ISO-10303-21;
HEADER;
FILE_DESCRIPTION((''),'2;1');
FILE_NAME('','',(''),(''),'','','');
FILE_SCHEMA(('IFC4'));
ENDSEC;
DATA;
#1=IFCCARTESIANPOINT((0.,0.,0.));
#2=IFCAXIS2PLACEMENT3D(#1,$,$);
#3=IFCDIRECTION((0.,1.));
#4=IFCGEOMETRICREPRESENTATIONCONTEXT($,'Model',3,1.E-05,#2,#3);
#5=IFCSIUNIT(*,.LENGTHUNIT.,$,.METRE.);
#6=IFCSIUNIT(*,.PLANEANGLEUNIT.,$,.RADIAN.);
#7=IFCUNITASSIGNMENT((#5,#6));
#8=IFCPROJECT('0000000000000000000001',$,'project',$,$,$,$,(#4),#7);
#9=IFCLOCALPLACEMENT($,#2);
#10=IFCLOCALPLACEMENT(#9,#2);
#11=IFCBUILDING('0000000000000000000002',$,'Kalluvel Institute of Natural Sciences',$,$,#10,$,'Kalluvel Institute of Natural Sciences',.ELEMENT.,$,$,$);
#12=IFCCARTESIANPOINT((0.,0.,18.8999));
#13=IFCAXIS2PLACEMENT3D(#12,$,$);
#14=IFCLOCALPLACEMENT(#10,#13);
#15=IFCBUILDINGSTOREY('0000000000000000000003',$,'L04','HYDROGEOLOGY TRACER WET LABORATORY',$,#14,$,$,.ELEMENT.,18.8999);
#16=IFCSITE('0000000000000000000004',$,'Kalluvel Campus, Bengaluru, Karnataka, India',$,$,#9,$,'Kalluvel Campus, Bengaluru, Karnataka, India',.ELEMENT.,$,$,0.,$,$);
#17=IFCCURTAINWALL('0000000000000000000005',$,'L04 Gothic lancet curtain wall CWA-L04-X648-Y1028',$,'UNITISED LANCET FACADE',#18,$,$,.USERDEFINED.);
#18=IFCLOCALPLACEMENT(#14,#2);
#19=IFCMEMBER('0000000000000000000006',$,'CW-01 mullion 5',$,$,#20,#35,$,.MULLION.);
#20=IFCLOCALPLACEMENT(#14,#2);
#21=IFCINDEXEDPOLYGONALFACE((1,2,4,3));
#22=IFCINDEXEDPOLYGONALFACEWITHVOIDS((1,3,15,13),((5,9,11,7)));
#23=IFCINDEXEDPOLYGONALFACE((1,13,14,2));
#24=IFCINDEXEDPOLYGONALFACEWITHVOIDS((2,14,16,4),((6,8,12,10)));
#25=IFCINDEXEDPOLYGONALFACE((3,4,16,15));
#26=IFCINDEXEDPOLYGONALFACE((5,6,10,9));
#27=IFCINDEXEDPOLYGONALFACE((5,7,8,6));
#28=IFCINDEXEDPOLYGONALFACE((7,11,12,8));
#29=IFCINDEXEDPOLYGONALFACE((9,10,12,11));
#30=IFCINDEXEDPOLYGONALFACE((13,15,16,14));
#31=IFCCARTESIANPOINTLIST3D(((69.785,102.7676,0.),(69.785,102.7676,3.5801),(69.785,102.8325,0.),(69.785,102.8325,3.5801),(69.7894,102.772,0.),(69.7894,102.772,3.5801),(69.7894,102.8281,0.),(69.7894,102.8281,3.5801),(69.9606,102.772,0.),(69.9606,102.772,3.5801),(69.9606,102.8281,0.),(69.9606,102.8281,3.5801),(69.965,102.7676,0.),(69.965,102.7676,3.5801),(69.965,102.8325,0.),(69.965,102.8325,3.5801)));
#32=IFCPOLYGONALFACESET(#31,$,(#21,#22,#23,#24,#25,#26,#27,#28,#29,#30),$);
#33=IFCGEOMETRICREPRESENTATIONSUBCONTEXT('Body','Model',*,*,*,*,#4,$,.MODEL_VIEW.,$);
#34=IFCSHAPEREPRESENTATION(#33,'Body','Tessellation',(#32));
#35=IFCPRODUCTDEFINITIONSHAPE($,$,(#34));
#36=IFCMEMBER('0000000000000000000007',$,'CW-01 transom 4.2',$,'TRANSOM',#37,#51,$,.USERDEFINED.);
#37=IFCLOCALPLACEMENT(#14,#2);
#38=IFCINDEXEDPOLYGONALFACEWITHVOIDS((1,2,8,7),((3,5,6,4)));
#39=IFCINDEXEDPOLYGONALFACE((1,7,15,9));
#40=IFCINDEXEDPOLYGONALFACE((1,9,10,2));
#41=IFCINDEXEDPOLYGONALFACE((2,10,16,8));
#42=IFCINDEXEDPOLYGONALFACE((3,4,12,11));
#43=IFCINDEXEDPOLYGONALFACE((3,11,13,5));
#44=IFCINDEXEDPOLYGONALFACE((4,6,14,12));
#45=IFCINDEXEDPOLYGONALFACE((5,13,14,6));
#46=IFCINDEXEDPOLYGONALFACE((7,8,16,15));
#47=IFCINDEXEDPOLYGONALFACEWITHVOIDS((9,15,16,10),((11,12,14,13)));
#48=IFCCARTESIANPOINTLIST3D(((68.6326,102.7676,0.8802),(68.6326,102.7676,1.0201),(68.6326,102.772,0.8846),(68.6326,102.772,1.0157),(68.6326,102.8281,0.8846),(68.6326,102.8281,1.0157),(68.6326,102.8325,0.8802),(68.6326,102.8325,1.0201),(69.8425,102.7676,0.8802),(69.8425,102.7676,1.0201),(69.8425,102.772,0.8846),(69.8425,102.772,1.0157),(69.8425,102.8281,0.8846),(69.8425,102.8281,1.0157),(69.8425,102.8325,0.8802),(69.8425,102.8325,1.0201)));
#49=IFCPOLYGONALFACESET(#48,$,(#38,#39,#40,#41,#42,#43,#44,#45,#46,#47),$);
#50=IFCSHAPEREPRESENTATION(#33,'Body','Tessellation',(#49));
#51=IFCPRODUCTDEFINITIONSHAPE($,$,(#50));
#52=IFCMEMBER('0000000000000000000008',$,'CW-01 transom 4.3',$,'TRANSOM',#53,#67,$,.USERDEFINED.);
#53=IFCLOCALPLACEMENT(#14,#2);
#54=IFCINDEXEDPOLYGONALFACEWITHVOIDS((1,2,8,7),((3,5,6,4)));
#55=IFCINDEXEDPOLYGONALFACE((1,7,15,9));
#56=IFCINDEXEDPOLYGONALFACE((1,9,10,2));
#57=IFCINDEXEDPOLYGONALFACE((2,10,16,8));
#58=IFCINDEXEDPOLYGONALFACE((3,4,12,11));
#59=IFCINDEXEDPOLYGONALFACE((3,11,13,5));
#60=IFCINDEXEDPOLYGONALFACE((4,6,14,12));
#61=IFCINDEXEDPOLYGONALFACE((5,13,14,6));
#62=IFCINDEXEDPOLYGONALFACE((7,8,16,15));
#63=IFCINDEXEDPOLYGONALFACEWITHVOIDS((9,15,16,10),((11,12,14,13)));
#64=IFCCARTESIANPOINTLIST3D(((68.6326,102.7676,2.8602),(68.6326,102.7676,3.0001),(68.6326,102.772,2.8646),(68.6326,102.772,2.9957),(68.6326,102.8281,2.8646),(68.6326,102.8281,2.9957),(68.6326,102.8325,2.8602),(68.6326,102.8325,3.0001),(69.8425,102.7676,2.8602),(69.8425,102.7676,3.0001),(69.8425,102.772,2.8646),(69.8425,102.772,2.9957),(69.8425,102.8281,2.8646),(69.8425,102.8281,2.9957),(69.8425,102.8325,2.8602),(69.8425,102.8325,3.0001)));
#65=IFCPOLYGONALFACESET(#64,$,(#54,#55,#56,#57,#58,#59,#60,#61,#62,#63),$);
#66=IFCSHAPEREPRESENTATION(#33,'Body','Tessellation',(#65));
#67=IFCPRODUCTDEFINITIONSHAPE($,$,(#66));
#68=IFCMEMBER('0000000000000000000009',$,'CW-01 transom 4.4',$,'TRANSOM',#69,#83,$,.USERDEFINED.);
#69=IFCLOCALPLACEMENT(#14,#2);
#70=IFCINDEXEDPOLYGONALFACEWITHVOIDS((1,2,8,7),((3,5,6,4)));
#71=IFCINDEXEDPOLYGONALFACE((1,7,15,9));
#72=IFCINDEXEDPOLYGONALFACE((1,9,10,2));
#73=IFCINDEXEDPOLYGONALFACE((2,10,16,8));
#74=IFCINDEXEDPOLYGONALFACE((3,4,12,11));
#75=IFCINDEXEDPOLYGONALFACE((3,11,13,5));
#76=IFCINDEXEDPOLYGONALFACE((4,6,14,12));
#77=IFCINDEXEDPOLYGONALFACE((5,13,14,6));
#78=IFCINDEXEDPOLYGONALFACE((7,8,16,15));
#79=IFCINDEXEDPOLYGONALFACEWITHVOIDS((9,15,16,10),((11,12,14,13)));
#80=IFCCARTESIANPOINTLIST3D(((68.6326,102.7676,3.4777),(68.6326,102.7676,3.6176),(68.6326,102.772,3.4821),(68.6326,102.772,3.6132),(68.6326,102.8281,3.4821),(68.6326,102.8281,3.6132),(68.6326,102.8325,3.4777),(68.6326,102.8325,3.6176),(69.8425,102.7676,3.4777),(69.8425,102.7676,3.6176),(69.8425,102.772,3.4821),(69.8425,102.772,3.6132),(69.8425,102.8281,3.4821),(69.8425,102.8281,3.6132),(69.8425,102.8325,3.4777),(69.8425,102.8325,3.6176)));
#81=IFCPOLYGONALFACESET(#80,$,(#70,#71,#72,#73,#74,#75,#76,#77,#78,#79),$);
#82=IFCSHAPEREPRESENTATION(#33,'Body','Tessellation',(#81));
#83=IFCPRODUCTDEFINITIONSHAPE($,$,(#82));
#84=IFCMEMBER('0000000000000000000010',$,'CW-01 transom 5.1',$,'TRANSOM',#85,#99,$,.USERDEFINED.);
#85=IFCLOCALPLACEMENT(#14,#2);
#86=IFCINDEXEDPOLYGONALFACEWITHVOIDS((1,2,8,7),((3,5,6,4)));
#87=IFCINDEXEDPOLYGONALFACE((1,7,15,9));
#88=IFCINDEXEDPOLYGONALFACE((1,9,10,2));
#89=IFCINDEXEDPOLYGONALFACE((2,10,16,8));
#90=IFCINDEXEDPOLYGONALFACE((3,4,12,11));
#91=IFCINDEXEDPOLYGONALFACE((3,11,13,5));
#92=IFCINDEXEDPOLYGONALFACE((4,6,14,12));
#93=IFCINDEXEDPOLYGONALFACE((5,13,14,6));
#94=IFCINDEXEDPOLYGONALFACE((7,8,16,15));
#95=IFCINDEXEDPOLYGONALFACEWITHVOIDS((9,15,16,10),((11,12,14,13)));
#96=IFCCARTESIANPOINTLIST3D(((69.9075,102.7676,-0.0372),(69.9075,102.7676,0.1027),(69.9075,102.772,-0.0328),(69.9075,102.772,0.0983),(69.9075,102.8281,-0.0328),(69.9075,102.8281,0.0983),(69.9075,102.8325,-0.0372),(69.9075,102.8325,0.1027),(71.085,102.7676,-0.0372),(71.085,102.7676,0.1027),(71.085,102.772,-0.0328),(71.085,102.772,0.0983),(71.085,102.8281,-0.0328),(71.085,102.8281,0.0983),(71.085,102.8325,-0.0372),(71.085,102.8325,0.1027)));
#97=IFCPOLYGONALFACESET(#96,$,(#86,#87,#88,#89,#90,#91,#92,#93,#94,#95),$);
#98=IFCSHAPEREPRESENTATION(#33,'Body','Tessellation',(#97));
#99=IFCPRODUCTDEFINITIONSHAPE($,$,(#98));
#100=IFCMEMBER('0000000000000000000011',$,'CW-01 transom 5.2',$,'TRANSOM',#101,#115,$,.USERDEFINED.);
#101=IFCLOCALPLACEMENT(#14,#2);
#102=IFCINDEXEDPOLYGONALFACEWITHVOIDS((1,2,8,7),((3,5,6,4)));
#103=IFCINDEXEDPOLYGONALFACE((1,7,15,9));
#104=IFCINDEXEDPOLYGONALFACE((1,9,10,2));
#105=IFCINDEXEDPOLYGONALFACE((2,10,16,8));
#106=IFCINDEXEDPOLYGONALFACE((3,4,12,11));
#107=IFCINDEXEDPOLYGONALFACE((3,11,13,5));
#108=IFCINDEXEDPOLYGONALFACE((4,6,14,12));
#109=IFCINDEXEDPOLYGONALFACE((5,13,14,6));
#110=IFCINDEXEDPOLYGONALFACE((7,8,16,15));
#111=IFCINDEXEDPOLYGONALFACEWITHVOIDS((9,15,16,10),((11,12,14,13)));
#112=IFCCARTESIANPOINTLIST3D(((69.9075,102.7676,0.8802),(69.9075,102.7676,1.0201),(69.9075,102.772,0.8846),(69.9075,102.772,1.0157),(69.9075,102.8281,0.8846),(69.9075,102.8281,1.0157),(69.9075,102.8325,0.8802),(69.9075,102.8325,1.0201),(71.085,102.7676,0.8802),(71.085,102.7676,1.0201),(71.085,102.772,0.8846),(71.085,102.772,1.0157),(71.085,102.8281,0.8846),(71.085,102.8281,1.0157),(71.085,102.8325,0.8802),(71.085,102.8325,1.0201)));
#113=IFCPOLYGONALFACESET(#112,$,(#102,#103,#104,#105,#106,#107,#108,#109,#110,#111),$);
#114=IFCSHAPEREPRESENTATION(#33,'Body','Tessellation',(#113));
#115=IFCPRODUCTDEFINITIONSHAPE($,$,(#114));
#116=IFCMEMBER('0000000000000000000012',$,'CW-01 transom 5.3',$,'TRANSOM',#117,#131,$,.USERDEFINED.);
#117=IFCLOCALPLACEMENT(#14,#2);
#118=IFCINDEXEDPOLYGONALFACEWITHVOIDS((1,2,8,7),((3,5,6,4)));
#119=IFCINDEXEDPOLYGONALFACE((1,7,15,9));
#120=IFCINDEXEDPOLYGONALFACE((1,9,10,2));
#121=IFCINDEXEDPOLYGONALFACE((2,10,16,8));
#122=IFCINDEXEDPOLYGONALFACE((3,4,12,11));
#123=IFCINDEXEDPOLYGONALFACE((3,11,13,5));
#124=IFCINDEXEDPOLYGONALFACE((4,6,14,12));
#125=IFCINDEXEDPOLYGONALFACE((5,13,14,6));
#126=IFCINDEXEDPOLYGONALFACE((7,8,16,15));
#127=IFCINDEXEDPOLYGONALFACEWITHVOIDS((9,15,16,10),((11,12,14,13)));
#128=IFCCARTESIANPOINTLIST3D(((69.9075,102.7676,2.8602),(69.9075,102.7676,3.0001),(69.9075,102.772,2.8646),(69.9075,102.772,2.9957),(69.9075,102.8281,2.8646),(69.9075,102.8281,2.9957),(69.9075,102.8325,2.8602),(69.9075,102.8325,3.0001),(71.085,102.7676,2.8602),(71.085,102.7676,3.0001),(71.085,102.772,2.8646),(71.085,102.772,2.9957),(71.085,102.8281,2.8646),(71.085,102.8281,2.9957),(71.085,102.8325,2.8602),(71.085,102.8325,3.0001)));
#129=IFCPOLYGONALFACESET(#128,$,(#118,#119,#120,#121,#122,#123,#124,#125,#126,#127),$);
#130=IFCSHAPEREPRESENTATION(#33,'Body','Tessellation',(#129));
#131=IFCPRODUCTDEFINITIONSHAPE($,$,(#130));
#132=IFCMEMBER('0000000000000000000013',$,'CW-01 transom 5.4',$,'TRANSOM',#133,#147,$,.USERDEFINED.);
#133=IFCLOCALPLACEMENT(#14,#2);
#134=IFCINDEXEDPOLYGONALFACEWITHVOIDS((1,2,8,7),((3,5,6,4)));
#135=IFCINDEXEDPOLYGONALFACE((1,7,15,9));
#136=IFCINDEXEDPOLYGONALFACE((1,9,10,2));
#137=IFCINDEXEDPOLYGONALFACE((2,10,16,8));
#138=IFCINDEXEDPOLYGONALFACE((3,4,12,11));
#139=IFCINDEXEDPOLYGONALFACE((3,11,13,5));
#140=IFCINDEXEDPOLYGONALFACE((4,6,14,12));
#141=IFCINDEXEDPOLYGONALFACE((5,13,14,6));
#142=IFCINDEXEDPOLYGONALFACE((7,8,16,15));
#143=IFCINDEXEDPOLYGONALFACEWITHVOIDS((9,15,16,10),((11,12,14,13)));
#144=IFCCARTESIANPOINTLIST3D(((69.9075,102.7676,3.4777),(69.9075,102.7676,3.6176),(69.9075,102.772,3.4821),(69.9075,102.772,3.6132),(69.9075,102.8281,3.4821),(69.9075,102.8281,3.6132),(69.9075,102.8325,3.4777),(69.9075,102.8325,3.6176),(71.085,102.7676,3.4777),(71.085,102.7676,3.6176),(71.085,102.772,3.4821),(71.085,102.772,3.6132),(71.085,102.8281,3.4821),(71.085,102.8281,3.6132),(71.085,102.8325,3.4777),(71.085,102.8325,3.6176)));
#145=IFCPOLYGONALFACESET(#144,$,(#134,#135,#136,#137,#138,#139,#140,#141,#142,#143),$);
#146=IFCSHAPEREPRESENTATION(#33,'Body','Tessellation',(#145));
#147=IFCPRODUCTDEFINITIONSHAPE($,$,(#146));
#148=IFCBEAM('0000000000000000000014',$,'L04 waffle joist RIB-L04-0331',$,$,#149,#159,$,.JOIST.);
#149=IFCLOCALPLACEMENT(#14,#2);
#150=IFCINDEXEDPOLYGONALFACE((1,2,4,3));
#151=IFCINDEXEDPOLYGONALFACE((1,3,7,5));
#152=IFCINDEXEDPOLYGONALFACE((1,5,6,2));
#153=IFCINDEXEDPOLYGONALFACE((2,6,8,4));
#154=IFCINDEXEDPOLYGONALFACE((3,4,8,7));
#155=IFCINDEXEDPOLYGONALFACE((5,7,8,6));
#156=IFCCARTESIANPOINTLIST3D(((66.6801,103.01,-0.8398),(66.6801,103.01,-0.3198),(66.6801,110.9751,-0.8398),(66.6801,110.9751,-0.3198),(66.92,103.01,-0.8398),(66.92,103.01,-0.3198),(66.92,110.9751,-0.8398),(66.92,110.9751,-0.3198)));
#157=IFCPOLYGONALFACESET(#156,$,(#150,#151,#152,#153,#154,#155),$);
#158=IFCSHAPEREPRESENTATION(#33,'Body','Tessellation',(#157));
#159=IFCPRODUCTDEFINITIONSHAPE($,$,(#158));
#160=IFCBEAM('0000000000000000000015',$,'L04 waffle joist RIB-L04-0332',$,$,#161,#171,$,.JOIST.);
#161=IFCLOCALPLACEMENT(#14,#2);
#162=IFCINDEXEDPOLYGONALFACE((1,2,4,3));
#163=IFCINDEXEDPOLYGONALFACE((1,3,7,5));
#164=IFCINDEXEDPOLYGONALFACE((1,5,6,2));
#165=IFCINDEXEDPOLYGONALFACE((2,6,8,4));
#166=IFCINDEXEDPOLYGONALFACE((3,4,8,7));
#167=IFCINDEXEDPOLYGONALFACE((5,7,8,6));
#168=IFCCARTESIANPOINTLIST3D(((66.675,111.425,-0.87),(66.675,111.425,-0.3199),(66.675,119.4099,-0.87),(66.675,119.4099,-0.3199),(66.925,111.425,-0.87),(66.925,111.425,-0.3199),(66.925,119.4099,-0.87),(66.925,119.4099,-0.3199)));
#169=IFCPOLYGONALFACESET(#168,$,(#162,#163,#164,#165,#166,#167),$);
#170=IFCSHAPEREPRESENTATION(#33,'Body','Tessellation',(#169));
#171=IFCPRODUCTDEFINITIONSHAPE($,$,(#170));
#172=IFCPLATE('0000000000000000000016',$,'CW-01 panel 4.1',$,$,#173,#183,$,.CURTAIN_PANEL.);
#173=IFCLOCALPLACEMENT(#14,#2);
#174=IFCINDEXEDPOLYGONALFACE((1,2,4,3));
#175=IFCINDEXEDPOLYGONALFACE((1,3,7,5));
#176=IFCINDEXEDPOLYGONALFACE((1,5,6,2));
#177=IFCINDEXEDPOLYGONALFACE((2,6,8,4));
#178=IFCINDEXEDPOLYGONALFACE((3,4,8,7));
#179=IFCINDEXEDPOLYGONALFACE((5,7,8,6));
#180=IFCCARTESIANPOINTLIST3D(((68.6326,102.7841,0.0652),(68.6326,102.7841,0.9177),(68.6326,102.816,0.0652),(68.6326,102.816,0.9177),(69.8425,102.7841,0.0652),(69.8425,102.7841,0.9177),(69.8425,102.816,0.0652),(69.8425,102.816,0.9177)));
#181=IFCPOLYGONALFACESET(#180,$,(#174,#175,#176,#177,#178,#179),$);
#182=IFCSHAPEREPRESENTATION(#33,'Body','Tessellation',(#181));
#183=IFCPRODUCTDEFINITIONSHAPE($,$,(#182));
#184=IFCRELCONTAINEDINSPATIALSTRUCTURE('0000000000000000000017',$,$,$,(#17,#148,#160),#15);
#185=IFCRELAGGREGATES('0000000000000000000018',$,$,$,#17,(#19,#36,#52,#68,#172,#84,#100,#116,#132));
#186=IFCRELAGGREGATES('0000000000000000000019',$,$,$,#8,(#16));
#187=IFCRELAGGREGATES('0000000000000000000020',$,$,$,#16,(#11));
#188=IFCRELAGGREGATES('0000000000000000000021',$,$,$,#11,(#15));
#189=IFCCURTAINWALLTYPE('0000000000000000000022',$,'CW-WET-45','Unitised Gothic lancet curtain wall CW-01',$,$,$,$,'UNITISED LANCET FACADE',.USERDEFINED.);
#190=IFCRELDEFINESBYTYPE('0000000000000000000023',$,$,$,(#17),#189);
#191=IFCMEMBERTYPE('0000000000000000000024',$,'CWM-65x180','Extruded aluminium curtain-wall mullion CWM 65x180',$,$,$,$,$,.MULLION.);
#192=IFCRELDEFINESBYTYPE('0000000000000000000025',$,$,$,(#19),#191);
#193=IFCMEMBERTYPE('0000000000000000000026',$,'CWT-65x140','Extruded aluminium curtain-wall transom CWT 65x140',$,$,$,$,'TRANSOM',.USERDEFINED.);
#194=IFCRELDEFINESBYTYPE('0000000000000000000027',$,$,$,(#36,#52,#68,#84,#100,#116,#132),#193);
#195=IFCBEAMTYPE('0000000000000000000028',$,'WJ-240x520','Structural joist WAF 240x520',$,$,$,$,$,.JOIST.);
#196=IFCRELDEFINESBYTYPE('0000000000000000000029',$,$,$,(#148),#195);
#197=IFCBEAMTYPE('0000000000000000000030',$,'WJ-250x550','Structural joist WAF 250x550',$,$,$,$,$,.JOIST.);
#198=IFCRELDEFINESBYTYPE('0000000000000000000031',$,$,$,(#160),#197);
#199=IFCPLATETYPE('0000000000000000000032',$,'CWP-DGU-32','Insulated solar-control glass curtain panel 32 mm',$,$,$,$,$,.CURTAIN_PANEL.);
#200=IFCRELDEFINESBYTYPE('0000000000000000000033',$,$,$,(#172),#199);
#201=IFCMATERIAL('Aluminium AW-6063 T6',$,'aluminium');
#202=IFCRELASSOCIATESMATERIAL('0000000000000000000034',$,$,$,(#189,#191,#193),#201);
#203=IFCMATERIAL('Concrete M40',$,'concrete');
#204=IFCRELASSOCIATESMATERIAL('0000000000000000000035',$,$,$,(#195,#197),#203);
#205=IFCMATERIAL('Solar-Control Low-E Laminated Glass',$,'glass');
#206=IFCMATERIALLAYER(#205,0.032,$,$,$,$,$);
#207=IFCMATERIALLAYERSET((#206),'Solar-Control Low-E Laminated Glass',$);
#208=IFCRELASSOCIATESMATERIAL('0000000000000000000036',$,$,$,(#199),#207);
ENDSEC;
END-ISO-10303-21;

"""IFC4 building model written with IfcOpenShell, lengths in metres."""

from ifc_helpers import new_model, si_unit, direction, frame, origin, origin_2d, place, context, subcontext, project, spatial, rectangle, hollow_rectangle, extrude, material, layer, layer_set, material_profile, profile_set, type_object, element, aggregate, save


model = new_model("IFC4")

# Units and contexts
model_context = context("Model", 3, precision=1e-05, world=origin(), true_north=direction((0.0, 1.0)))
body_context = subcontext(model_context, "Body", "Model", "MODEL_VIEW")
ifc_project = project(units=[si_unit("LENGTHUNIT", "METRE"), si_unit("PLANEANGLEUNIT", "RADIAN")], contexts=[model_context])

# Site, building, storey
site_placement = place(None, origin())
site = spatial("IfcSite", under=ifc_project, at=site_placement, Name="Kalluvel Campus, Bengaluru, Karnataka, India", LongName="Kalluvel Campus, Bengaluru, Karnataka, India", CompositionType="ELEMENT", RefElevation=0.0)
building_placement = place(site_placement, origin())
building = spatial("IfcBuilding", under=site, at=building_placement, Name="Kalluvel Institute of Natural Sciences", LongName="Kalluvel Institute of Natural Sciences", CompositionType="ELEMENT")
storey_placement = place(building_placement, frame((0.0, 0.0, 18.8999)))
storey = spatial("IfcBuildingStorey", under=building, at=storey_placement, Name="L04", Description="HYDROGEOLOGY TRACER WET LABORATORY", CompositionType="ELEMENT", Elevation=18.8999)

# Curtain wall, members
ifc_material_1 = material(Name="Aluminium AW-6063 T6", Category="aluminium")
curtain_wall_type = type_object("IfcCurtainWallType", Name="CW-WET-45", Description="Unitised Gothic lancet curtain wall CW-01", ElementType="UNITISED LANCET FACADE", PredefinedType="USERDEFINED", material=ifc_material_1)
curtain_wall_placement = place(storey_placement, origin())
curtain_wall = element("IfcCurtainWall", 1, at=curtain_wall_placement, inside=storey, type_object=curtain_wall_type, Name="L04 Gothic lancet curtain wall CWA-L04-X648-Y1028", ObjectType="UNITISED LANCET FACADE", PredefinedType="USERDEFINED")
ifc_material_profile_1 = material_profile(ifc_material_1, hollow_rectangle(XDim=0.0649, YDim=0.1799, WallThickness=0.0044, at=origin_2d()), Name="CWM 65x180")
ifc_profile_set_1 = profile_set([ifc_material_profile_1], Name="Aluminium AW-6063 T6")
member_type_1 = type_object("IfcMemberType", Name="CWM-65x180", Description="Extruded aluminium curtain-wall mullion CWM 65x180", PredefinedType="MULLION", material=ifc_profile_set_1)
member_1_placement = place(storey_placement, frame((69.875, 102.8, 0.0), z_axis=(0.0, 0.0, 1.0), x_axis=(0.0, 1.0, 0.0)))
member_1 = element("IfcMember", 2, at=member_1_placement, type_object=member_type_1, Name="CW-01 mullion 5", PredefinedType="MULLION", context=body_context, shape_type="SweptSolid", body=[
    extrude(hollow_rectangle(XDim=0.0649, YDim=0.1799, WallThickness=0.0044, at=origin_2d()), origin(), (0.0, 0.0, 1.0), 3.5801),
])
ifc_material_profile_2 = material_profile(ifc_material_1, hollow_rectangle(XDim=0.0649, YDim=0.1399, WallThickness=0.0044, at=origin_2d()), Name="CWT 65x140")
ifc_profile_set_2 = profile_set([ifc_material_profile_2], Name="Aluminium AW-6063 T6")
member_type_2 = type_object("IfcMemberType", Name="CWT-65x140", Description="Extruded aluminium curtain-wall transom CWT 65x140", ElementType="TRANSOM", PredefinedType="USERDEFINED", material=ifc_profile_set_2)
member_2_placement = place(storey_placement, frame((68.6326, 102.8, 0.9502), z_axis=(1.0, 0.0, 0.0), x_axis=(0.0, 1.0, 0.0)))
member_2 = element("IfcMember", 3, at=member_2_placement, type_object=member_type_2, Name="CW-01 transom 4.2", ObjectType="TRANSOM", PredefinedType="USERDEFINED", context=body_context, shape_type="SweptSolid", body=[
    extrude(hollow_rectangle(XDim=0.0649, YDim=0.1399, WallThickness=0.0044, at=origin_2d()), origin(), (0.0, 0.0, 1.0), 1.21),
])
member_3_placement = place(storey_placement, frame((68.6326, 102.8, 2.9302), z_axis=(1.0, 0.0, 0.0), x_axis=(0.0, 1.0, 0.0)))
member_3 = element("IfcMember", 4, at=member_3_placement, type_object=member_type_2, Name="CW-01 transom 4.3", ObjectType="TRANSOM", PredefinedType="USERDEFINED", context=body_context, shape_type="SweptSolid", body=[
    extrude(hollow_rectangle(XDim=0.0649, YDim=0.1399, WallThickness=0.0044, at=origin_2d()), origin(), (0.0, 0.0, 1.0), 1.21),
])
member_4_placement = place(storey_placement, frame((68.6326, 102.8, 3.5476), z_axis=(1.0, 0.0, 0.0), x_axis=(0.0, 1.0, 0.0)))
member_4 = element("IfcMember", 5, at=member_4_placement, type_object=member_type_2, Name="CW-01 transom 4.4", ObjectType="TRANSOM", PredefinedType="USERDEFINED", context=body_context, shape_type="SweptSolid", body=[
    extrude(hollow_rectangle(XDim=0.0649, YDim=0.1399, WallThickness=0.0044, at=origin_2d()), origin(), (0.0, 0.0, 1.0), 1.21),
])
member_5_placement = place(storey_placement, frame((69.9075, 102.8, 0.0327), z_axis=(1.0, 0.0, 0.0), x_axis=(0.0, 1.0, 0.0)))
member_5 = element("IfcMember", 6, at=member_5_placement, type_object=member_type_2, Name="CW-01 transom 5.1", ObjectType="TRANSOM", PredefinedType="USERDEFINED", context=body_context, shape_type="SweptSolid", body=[
    extrude(hollow_rectangle(XDim=0.0649, YDim=0.1399, WallThickness=0.0044, at=origin_2d()), origin(), (0.0, 0.0, 1.0), 1.1775),
])
member_6_placement = place(storey_placement, frame((69.9075, 102.8, 0.9502), z_axis=(1.0, 0.0, 0.0), x_axis=(0.0, 1.0, 0.0)))
member_6 = element("IfcMember", 7, at=member_6_placement, type_object=member_type_2, Name="CW-01 transom 5.2", ObjectType="TRANSOM", PredefinedType="USERDEFINED", context=body_context, shape_type="SweptSolid", body=[
    extrude(hollow_rectangle(XDim=0.0649, YDim=0.1399, WallThickness=0.0044, at=origin_2d()), origin(), (0.0, 0.0, 1.0), 1.1775),
])
member_7_placement = place(storey_placement, frame((69.9075, 102.8, 2.9302), z_axis=(1.0, 0.0, 0.0), x_axis=(0.0, 1.0, 0.0)))
member_7 = element("IfcMember", 8, at=member_7_placement, type_object=member_type_2, Name="CW-01 transom 5.3", ObjectType="TRANSOM", PredefinedType="USERDEFINED", context=body_context, shape_type="SweptSolid", body=[
    extrude(hollow_rectangle(XDim=0.0649, YDim=0.1399, WallThickness=0.0044, at=origin_2d()), origin(), (0.0, 0.0, 1.0), 1.1775),
])
member_8_placement = place(storey_placement, frame((69.9075, 102.8, 3.5476), z_axis=(1.0, 0.0, 0.0), x_axis=(0.0, 1.0, 0.0)))
member_8 = element("IfcMember", 9, at=member_8_placement, type_object=member_type_2, Name="CW-01 transom 5.4", ObjectType="TRANSOM", PredefinedType="USERDEFINED", context=body_context, shape_type="SweptSolid", body=[
    extrude(hollow_rectangle(XDim=0.0649, YDim=0.1399, WallThickness=0.0044, at=origin_2d()), origin(), (0.0, 0.0, 1.0), 1.1775),
])

# Beams
ifc_material_2 = material(Name="Concrete M40", Category="concrete")
ifc_material_profile_3 = material_profile(ifc_material_2, rectangle(XDim=0.24, YDim=0.52, at=origin_2d()), Name="WAF 240x520")
ifc_profile_set_3 = profile_set([ifc_material_profile_3], Name="Concrete M40")
beam_type_1 = type_object("IfcBeamType", Name="WJ-240x520", Description="Structural joist WAF 240x520", PredefinedType="JOIST", material=ifc_profile_set_3)
beam_1_placement = place(storey_placement, frame((66.8, 103.01, -0.5798), z_axis=(0.0, 1.0, 0.0), x_axis=(-1.0, 0.0, 0.0)))
element("IfcBeam", 10, at=beam_1_placement, inside=storey, type_object=beam_type_1, Name="L04 waffle joist RIB-L04-0331", PredefinedType="JOIST", context=body_context, shape_type="SweptSolid", body=[
    extrude(rectangle(XDim=0.24, YDim=0.52, at=origin_2d()), origin(), (0.0, 0.0, 1.0), 7.9651),
])
ifc_material_profile_4 = material_profile(ifc_material_2, rectangle(XDim=0.25, YDim=0.55, at=origin_2d()), Name="WAF 250x550")
ifc_profile_set_4 = profile_set([ifc_material_profile_4], Name="Concrete M40")
beam_type_2 = type_object("IfcBeamType", Name="WJ-250x550", Description="Structural joist WAF 250x550", PredefinedType="JOIST", material=ifc_profile_set_4)
beam_2_placement = place(storey_placement, frame((66.8, 111.425, -0.595), z_axis=(0.0, 1.0, 0.0), x_axis=(-1.0, 0.0, 0.0)))
element("IfcBeam", 11, at=beam_2_placement, inside=storey, type_object=beam_type_2, Name="L04 waffle joist RIB-L04-0332", PredefinedType="JOIST", context=body_context, shape_type="SweptSolid", body=[
    extrude(rectangle(XDim=0.25, YDim=0.55, at=origin_2d()), origin(), (0.0, 0.0, 1.0), 7.9849),
])

# Plate
ifc_material_3 = material(Name="Solar-Control Low-E Laminated Glass", Category="glass")
ifc_layer_1 = layer(ifc_material_3, 0.032)
ifc_layer_set_1 = layer_set([ifc_layer_1], Name="Solar-Control Low-E Laminated Glass")
plate_type = type_object("IfcPlateType", Name="CWP-DGU-32", Description="Insulated solar-control glass curtain panel 32 mm", PredefinedType="CURTAIN_PANEL", material=ifc_layer_set_1)
plate_1_placement = place(storey_placement, frame((69.2375, 102.8, 0.0652), z_axis=(0.0, 0.0, 1.0), x_axis=(1.0, 0.0, 0.0)))
plate_1 = element("IfcPlate", 12, at=plate_1_placement, type_object=plate_type, Name="CW-01 panel 4.1", PredefinedType="CURTAIN_PANEL", context=body_context, shape_type="SweptSolid", body=[
    extrude(rectangle(XDim=1.21, YDim=0.032, at=origin_2d()), origin(), (0.0, 0.0, 1.0), 0.8525),
])
aggregate(curtain_wall, [member_1, member_2, member_3, member_4, plate_1, member_5, member_6, member_7, member_8])

save(model, "model.ifc")
